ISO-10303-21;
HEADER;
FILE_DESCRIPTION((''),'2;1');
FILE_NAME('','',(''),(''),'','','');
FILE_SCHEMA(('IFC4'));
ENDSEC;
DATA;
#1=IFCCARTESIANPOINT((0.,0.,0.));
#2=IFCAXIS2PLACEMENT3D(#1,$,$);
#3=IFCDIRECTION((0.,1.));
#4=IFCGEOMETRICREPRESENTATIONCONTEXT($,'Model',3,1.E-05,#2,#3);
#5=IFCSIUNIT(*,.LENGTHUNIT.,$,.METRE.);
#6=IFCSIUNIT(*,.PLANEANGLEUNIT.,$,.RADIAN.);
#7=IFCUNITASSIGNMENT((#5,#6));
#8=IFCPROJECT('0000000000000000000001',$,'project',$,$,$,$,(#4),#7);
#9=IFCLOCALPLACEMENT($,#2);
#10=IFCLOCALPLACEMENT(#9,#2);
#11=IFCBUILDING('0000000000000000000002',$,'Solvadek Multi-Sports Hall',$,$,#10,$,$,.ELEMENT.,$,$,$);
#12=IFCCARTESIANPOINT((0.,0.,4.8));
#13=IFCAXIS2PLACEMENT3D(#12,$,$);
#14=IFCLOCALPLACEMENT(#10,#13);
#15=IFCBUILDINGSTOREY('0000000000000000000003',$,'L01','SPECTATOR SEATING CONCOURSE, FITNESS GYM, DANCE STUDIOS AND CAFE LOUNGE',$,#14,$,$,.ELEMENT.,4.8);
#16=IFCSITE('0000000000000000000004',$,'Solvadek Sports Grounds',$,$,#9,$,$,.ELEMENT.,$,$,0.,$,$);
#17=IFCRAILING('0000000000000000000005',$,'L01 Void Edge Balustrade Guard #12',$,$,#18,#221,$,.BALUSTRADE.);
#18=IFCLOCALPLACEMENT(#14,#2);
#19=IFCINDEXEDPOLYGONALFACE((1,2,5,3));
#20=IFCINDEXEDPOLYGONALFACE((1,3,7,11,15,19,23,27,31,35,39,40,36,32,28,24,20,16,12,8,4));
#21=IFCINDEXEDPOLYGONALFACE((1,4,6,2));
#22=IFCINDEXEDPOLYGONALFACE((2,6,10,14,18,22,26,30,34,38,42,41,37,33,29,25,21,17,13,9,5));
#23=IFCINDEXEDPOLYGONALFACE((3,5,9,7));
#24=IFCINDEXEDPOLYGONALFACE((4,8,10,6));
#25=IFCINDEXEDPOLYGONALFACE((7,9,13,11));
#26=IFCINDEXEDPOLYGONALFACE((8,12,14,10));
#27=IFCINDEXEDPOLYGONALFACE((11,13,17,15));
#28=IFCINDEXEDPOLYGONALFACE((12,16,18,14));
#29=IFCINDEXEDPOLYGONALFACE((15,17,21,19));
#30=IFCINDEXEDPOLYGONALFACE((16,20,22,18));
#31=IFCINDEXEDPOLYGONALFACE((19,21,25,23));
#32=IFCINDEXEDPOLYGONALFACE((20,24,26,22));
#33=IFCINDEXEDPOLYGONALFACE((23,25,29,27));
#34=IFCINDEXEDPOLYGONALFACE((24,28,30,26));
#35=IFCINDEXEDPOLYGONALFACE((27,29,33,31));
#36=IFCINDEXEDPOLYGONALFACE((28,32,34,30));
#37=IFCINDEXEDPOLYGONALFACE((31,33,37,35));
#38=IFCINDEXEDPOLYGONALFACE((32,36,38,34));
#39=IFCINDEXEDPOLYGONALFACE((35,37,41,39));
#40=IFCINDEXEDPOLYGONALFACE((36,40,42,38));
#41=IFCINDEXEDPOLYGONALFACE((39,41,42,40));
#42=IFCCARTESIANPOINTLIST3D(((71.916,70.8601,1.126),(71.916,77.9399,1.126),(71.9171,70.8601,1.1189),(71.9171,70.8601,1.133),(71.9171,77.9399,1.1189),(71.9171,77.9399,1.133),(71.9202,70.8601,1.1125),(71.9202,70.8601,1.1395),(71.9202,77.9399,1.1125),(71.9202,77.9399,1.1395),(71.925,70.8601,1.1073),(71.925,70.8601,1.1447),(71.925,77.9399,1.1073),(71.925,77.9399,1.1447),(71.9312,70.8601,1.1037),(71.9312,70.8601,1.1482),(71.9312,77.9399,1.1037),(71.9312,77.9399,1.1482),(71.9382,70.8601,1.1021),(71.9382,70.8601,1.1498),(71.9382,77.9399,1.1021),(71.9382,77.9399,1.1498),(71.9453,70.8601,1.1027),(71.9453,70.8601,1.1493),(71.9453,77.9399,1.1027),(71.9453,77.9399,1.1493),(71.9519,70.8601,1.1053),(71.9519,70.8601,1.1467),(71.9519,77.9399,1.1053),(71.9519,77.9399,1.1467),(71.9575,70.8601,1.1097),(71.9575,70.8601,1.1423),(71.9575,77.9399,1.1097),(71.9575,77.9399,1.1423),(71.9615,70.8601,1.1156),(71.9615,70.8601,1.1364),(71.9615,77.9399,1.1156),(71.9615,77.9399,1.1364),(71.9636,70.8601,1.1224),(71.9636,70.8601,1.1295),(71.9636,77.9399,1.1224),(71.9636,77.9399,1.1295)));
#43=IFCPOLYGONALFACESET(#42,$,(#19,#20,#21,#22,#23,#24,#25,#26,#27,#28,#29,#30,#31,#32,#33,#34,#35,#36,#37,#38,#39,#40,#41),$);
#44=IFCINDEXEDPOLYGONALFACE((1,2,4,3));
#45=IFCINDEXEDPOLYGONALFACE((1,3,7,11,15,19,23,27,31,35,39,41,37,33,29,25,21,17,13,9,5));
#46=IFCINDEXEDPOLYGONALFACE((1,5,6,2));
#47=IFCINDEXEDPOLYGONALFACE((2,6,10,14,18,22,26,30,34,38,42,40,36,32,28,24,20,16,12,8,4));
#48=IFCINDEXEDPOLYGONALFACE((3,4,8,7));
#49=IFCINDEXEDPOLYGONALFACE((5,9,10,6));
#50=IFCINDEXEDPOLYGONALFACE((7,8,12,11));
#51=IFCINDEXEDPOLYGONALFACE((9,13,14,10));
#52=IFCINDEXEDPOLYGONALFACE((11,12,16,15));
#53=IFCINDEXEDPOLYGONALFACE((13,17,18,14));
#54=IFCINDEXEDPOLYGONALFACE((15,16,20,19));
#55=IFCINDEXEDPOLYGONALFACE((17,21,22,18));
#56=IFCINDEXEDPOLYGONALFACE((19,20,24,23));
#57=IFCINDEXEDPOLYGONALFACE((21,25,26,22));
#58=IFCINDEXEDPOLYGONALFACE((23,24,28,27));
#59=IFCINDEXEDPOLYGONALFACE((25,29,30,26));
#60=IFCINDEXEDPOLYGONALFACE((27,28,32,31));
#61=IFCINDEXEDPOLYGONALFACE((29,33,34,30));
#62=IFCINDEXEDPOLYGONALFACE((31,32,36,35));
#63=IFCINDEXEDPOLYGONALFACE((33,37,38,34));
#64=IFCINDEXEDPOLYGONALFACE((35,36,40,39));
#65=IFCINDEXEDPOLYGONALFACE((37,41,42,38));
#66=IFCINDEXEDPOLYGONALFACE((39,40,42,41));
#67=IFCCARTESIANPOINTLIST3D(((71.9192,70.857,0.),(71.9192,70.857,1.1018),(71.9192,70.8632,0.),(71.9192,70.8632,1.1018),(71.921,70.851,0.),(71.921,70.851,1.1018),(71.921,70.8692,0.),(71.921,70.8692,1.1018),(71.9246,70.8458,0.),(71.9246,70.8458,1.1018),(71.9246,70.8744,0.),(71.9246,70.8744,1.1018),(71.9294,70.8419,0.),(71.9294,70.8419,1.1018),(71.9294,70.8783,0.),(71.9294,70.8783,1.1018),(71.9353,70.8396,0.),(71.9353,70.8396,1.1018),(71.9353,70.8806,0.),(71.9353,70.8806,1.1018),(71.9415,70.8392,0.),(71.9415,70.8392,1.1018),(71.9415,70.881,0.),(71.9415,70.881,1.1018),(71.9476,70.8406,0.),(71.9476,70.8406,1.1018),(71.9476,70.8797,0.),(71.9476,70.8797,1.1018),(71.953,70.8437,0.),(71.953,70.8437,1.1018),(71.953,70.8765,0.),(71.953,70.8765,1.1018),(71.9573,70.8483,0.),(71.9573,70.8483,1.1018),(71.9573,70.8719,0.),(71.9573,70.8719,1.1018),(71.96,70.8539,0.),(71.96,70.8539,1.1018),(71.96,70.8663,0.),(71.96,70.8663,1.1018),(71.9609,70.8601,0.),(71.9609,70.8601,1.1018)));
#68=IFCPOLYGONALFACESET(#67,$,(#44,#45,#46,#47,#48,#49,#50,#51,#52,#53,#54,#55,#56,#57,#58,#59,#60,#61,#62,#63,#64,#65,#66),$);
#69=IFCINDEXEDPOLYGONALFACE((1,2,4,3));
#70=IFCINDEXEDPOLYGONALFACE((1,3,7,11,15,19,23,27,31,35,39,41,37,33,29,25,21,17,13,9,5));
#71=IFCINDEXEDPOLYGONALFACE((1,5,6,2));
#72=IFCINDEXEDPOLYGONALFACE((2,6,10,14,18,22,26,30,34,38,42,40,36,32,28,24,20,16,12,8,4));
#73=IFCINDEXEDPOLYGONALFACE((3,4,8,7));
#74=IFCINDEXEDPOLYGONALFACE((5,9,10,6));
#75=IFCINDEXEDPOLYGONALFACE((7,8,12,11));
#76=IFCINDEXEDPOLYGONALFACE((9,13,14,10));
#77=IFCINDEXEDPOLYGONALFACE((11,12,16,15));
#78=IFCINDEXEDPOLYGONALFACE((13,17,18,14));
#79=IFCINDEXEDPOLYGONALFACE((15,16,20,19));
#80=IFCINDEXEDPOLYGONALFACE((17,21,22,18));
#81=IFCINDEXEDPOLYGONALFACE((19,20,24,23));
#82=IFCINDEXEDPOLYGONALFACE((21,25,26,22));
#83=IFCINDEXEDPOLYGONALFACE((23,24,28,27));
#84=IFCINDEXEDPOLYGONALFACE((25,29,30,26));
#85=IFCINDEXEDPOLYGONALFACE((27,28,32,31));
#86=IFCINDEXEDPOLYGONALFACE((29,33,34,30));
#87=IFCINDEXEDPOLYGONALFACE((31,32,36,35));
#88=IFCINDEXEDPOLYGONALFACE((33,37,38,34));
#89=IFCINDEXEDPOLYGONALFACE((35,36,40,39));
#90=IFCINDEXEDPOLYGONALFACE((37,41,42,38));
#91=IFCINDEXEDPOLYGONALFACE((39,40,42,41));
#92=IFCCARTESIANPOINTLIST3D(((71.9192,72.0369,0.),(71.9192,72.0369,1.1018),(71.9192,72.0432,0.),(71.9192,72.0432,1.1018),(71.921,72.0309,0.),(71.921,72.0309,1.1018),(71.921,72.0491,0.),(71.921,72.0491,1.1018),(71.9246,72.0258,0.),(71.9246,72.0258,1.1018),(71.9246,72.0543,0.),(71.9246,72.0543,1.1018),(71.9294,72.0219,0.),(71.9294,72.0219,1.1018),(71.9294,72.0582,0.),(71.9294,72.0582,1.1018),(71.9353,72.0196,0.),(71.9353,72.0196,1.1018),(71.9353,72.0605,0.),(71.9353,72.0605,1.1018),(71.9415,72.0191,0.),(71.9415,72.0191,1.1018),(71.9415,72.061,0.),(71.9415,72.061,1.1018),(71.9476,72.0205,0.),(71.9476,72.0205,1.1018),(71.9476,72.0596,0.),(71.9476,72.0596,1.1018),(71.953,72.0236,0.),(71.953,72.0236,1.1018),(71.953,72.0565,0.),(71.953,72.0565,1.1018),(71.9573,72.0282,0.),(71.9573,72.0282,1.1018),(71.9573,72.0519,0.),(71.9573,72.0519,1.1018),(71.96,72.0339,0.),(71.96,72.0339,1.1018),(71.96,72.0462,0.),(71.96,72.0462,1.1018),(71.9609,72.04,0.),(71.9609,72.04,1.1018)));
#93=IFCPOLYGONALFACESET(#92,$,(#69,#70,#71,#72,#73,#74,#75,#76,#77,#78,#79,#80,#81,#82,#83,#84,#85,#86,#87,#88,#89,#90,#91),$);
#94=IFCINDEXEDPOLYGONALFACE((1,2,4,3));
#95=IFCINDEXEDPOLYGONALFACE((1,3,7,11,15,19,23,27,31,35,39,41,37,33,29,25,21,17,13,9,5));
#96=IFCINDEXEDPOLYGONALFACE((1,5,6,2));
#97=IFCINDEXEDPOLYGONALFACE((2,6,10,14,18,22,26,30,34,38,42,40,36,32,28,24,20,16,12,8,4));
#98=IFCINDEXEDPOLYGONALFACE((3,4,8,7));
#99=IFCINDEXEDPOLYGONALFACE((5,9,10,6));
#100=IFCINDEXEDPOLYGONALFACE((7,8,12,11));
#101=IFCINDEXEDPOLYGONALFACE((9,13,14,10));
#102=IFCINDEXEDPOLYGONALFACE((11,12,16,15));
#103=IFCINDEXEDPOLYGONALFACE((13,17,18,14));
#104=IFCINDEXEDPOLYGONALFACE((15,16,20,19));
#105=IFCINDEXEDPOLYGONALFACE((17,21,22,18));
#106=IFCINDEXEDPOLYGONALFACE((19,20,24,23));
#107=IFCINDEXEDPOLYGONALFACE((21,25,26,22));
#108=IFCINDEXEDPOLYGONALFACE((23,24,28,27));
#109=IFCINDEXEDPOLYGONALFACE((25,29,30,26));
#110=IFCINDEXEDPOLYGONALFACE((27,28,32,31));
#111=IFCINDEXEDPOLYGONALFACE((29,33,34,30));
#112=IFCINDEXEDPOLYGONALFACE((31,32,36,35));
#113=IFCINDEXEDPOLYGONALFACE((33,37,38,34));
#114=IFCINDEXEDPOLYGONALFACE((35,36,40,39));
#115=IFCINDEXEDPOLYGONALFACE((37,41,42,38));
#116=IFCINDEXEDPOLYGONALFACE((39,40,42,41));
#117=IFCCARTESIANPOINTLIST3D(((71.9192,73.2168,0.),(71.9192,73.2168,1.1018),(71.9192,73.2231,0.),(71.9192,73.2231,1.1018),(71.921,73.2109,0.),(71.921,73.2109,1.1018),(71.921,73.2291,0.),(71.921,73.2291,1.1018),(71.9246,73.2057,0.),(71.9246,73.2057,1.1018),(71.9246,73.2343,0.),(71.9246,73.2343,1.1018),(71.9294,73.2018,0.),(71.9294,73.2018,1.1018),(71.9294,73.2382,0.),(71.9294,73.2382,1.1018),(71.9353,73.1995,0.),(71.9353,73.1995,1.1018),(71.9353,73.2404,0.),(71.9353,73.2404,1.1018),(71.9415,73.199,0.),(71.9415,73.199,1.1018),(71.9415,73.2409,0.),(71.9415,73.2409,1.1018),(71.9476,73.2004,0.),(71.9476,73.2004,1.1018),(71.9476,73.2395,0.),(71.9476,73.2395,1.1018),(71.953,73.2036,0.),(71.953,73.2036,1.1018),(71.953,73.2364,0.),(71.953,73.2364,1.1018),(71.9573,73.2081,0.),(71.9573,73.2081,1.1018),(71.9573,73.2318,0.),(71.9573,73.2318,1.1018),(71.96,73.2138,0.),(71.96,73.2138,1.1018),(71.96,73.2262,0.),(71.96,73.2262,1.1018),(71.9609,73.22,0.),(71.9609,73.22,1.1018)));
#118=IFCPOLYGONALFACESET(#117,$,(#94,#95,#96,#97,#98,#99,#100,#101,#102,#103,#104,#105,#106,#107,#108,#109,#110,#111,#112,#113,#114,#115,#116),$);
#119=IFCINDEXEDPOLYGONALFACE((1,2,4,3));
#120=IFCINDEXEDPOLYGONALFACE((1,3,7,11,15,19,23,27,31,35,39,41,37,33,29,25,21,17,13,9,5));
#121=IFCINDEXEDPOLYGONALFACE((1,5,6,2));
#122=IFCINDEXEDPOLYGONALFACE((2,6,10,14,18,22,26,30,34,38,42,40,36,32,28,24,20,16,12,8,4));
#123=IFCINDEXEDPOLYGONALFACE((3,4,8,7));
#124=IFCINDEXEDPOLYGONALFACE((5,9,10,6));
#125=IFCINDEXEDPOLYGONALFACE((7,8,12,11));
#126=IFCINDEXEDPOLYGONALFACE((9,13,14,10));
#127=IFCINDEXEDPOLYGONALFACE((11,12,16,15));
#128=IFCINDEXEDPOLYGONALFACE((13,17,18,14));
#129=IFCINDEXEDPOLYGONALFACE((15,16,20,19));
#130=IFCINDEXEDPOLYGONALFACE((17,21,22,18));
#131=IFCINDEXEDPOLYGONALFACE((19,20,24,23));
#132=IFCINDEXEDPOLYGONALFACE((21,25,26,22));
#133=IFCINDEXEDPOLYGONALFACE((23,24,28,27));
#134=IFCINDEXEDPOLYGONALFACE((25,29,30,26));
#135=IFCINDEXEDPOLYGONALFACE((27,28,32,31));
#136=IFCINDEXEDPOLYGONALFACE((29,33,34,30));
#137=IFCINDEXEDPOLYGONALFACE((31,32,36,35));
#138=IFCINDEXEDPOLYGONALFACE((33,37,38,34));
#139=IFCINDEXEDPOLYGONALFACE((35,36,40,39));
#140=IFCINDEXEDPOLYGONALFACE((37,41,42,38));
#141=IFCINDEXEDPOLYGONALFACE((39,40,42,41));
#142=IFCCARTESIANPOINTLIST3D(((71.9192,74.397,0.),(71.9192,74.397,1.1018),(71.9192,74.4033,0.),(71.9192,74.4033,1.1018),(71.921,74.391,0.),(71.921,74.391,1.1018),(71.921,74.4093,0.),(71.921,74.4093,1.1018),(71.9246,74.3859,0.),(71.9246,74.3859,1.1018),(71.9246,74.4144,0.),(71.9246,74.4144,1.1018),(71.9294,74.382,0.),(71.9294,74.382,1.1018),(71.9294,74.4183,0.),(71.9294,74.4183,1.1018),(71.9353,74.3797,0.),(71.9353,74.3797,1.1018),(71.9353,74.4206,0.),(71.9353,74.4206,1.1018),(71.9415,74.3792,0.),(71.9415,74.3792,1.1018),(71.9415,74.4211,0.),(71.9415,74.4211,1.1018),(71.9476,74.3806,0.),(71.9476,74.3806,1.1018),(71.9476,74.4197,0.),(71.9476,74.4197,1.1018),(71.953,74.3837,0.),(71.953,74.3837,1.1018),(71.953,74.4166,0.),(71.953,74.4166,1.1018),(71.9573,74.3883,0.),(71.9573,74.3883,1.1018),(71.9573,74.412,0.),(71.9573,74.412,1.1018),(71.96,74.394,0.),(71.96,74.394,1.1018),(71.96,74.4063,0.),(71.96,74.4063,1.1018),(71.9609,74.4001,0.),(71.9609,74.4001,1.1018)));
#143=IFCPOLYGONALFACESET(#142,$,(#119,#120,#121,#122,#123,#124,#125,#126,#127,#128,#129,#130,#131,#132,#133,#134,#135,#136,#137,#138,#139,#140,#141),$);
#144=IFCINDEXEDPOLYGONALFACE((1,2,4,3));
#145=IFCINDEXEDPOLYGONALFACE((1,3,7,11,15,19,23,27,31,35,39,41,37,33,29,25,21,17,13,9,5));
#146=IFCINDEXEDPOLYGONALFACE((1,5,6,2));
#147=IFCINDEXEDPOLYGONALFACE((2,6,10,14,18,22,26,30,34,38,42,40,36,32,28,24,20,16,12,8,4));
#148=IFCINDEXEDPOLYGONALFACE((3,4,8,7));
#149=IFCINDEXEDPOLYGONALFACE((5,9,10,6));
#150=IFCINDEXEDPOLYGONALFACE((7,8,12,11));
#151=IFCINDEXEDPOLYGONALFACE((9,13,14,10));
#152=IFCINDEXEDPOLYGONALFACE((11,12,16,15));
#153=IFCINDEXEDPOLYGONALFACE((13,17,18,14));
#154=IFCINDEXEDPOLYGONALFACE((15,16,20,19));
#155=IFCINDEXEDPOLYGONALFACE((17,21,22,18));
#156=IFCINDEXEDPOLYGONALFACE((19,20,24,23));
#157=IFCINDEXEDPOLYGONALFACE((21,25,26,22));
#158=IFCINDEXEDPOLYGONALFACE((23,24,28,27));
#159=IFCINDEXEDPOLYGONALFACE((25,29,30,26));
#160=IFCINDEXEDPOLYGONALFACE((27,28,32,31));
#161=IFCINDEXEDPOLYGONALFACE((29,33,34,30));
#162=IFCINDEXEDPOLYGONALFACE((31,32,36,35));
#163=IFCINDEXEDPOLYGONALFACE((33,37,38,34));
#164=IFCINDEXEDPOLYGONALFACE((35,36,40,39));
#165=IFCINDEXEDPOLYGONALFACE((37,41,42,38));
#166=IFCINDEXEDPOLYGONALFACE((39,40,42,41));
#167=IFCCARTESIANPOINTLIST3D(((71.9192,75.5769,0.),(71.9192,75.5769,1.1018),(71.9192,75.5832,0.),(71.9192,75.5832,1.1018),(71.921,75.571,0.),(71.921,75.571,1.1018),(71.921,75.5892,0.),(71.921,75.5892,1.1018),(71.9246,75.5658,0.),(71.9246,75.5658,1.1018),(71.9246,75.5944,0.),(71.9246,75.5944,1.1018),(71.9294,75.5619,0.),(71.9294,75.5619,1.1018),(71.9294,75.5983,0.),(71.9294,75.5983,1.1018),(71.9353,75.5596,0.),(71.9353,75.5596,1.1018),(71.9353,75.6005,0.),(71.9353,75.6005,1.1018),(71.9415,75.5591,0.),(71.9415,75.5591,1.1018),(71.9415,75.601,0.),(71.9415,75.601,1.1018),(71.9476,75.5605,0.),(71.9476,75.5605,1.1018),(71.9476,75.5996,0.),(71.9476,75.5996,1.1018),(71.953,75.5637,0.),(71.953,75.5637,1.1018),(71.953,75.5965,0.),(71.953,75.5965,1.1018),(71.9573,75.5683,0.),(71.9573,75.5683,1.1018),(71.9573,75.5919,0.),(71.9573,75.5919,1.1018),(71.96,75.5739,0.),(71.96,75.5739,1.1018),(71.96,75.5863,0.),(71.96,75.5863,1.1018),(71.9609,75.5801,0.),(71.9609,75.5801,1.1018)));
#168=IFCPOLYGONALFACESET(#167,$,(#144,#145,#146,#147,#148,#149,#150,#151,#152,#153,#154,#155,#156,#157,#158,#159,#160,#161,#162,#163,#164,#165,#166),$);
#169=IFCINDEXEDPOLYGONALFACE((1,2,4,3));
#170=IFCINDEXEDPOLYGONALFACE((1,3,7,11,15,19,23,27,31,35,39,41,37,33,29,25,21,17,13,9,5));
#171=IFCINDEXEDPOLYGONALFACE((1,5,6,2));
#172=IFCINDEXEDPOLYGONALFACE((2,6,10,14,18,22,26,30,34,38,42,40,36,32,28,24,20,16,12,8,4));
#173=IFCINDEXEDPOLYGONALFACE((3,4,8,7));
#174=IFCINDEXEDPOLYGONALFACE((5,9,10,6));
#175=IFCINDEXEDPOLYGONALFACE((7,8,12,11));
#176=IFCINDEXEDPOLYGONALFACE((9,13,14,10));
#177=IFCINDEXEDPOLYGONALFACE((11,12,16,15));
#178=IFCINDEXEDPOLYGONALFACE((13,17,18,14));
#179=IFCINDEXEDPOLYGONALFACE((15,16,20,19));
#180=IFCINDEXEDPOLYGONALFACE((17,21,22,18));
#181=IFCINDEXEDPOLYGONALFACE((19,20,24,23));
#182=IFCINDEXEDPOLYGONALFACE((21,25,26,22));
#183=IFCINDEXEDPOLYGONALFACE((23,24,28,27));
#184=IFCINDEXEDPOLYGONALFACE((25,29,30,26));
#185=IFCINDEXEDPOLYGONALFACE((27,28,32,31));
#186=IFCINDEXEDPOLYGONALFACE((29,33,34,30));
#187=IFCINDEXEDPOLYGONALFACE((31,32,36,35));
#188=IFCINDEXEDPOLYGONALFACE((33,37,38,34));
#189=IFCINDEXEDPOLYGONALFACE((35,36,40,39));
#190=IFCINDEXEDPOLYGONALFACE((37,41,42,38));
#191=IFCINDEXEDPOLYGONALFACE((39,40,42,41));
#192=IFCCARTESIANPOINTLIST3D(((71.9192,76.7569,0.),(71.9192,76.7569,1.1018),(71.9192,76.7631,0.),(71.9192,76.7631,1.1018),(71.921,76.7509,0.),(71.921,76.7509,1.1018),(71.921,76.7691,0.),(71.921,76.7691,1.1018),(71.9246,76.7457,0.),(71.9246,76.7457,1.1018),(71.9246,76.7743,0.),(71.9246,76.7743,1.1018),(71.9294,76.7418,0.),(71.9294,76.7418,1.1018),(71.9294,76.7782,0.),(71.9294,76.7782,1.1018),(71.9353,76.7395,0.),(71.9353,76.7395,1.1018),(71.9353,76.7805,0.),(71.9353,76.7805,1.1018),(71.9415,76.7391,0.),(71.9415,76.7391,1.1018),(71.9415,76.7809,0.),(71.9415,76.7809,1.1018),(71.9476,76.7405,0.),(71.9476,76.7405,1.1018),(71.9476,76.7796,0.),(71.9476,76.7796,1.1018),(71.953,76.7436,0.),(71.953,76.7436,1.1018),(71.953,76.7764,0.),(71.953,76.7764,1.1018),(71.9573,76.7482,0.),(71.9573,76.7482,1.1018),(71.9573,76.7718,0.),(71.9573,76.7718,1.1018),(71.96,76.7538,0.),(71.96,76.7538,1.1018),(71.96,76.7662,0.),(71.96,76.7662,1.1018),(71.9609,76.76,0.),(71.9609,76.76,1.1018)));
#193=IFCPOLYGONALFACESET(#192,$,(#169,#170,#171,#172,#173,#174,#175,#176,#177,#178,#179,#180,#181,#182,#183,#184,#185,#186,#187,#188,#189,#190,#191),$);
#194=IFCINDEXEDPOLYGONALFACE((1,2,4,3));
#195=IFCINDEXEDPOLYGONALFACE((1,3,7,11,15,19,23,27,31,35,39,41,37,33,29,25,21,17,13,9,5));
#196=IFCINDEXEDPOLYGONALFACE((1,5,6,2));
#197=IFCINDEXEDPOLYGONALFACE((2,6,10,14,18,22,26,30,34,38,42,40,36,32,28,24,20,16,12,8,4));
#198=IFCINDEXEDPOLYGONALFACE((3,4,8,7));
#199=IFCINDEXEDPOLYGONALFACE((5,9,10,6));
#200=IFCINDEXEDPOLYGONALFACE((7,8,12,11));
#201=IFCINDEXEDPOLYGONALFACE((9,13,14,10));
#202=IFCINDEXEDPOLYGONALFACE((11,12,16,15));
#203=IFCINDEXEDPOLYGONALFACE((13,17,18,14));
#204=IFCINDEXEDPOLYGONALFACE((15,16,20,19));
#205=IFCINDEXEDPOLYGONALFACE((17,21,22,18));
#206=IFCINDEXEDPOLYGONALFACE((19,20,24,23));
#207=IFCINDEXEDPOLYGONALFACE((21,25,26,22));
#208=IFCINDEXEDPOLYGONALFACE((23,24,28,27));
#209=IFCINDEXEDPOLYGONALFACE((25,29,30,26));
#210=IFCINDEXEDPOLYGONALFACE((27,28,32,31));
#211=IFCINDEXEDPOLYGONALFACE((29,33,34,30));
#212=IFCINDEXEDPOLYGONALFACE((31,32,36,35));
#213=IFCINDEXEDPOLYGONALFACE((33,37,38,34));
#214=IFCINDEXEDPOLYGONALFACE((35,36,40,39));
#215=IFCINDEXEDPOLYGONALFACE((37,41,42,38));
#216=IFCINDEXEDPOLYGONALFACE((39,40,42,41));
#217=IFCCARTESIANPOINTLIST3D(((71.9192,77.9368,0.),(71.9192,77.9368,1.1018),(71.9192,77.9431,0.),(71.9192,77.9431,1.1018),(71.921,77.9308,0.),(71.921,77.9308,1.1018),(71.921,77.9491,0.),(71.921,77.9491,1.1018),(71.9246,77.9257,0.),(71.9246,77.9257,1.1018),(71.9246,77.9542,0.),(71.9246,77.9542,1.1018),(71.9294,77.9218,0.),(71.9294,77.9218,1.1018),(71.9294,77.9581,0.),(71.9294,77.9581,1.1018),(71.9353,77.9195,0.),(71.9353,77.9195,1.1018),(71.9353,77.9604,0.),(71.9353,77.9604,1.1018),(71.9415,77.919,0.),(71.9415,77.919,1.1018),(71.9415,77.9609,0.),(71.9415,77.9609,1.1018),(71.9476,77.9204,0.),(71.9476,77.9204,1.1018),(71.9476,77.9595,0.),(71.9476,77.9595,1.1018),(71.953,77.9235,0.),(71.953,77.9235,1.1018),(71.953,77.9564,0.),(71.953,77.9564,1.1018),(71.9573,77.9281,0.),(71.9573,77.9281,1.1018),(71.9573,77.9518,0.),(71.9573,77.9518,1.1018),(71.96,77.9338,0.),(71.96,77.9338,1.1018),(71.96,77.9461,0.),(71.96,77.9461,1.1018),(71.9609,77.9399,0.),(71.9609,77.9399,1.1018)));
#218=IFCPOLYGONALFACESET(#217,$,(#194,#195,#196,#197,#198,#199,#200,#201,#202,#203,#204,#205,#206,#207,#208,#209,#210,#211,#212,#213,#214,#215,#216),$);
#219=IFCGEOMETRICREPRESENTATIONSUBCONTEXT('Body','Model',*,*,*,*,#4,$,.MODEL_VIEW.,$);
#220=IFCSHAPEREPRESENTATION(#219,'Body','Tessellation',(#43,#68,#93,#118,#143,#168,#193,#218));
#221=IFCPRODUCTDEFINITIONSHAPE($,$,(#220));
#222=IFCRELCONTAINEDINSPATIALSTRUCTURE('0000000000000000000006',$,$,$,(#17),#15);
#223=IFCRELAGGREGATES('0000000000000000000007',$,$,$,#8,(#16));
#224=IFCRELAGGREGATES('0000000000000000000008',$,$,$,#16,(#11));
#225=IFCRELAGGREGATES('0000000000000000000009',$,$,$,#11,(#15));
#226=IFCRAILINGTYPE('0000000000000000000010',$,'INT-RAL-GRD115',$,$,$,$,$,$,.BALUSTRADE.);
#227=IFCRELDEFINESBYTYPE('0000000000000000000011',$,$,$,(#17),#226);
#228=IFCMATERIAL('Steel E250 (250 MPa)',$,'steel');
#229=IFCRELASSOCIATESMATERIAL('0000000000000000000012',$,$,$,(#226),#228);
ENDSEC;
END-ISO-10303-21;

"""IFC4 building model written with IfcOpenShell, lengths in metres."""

from ifc_helpers import new_model, si_unit, direction, frame, origin, origin_2d, place, context, subcontext, project, spatial, circle, extrude, material, type_object, element, save


model = new_model("IFC4")

# Units and contexts
model_context = context("Model", 3, precision=1e-05, world=origin(), true_north=direction((0.0, 1.0)))
body_context = subcontext(model_context, "Body", "Model", "MODEL_VIEW")
ifc_project = project(units=[si_unit("LENGTHUNIT", "METRE"), si_unit("PLANEANGLEUNIT", "RADIAN")], contexts=[model_context])

# Site, building, storey
site_placement = place(None, origin())
site = spatial("IfcSite", under=ifc_project, at=site_placement, Name="Solvadek Sports Grounds", CompositionType="ELEMENT", RefElevation=0.0)
building_placement = place(site_placement, origin())
building = spatial("IfcBuilding", under=site, at=building_placement, Name="Solvadek Multi-Sports Hall", CompositionType="ELEMENT")
storey_placement = place(building_placement, frame((0.0, 0.0, 4.8)))
storey = spatial("IfcBuildingStorey", under=building, at=storey_placement, Name="L01", Description="SPECTATOR SEATING CONCOURSE, FITNESS GYM, DANCE STUDIOS AND CAFE LOUNGE", CompositionType="ELEMENT", Elevation=4.8)

# Railing
ifc_material_1 = material(Name="Steel E250 (250 MPa)", Category="steel")
railing_type = type_object("IfcRailingType", Name="INT-RAL-GRD115", PredefinedType="BALUSTRADE", material=ifc_material_1)
railing_placement = place(storey_placement, frame((71.9399, 70.8601, 0.0)))
element("IfcRailing", 1, at=railing_placement, inside=storey, type_object=railing_type, Name="L01 Void Edge Balustrade Guard #12", PredefinedType="BALUSTRADE", context=body_context, shape_type="SweptSolid", body=[
    extrude(circle(Radius=0.0239, at=origin_2d()), frame((0.0, 0.0, 1.126), z_axis=(0.0, 1.0, 0.0), x_axis=(-1.0, 0.0, 0.0)), (0.0, 0.0, 1.0), 7.0798),
    extrude(circle(Radius=0.021, at=origin_2d()), origin(), (0.0, 0.0, 1.0), 1.1018),
    extrude(circle(Radius=0.021, at=origin_2d()), frame((0.0, 1.1799, 0.0)), (0.0, 0.0, 1.0), 1.1018),
    extrude(circle(Radius=0.021, at=origin_2d()), frame((0.0, 2.3599, 0.0)), (0.0, 0.0, 1.0), 1.1018),
    extrude(circle(Radius=0.021, at=origin_2d()), frame((0.0, 3.54, 0.0)), (0.0, 0.0, 1.0), 1.1018),
    extrude(circle(Radius=0.021, at=origin_2d()), frame((0.0, 4.72, 0.0)), (0.0, 0.0, 1.0), 1.1018),
    extrude(circle(Radius=0.021, at=origin_2d()), frame((0.0, 5.8999, 0.0)), (0.0, 0.0, 1.0), 1.1018),
    extrude(circle(Radius=0.021, at=origin_2d()), frame((0.0, 7.0798, 0.0)), (0.0, 0.0, 1.0), 1.1018),
])

save(model, "model.ifc")
